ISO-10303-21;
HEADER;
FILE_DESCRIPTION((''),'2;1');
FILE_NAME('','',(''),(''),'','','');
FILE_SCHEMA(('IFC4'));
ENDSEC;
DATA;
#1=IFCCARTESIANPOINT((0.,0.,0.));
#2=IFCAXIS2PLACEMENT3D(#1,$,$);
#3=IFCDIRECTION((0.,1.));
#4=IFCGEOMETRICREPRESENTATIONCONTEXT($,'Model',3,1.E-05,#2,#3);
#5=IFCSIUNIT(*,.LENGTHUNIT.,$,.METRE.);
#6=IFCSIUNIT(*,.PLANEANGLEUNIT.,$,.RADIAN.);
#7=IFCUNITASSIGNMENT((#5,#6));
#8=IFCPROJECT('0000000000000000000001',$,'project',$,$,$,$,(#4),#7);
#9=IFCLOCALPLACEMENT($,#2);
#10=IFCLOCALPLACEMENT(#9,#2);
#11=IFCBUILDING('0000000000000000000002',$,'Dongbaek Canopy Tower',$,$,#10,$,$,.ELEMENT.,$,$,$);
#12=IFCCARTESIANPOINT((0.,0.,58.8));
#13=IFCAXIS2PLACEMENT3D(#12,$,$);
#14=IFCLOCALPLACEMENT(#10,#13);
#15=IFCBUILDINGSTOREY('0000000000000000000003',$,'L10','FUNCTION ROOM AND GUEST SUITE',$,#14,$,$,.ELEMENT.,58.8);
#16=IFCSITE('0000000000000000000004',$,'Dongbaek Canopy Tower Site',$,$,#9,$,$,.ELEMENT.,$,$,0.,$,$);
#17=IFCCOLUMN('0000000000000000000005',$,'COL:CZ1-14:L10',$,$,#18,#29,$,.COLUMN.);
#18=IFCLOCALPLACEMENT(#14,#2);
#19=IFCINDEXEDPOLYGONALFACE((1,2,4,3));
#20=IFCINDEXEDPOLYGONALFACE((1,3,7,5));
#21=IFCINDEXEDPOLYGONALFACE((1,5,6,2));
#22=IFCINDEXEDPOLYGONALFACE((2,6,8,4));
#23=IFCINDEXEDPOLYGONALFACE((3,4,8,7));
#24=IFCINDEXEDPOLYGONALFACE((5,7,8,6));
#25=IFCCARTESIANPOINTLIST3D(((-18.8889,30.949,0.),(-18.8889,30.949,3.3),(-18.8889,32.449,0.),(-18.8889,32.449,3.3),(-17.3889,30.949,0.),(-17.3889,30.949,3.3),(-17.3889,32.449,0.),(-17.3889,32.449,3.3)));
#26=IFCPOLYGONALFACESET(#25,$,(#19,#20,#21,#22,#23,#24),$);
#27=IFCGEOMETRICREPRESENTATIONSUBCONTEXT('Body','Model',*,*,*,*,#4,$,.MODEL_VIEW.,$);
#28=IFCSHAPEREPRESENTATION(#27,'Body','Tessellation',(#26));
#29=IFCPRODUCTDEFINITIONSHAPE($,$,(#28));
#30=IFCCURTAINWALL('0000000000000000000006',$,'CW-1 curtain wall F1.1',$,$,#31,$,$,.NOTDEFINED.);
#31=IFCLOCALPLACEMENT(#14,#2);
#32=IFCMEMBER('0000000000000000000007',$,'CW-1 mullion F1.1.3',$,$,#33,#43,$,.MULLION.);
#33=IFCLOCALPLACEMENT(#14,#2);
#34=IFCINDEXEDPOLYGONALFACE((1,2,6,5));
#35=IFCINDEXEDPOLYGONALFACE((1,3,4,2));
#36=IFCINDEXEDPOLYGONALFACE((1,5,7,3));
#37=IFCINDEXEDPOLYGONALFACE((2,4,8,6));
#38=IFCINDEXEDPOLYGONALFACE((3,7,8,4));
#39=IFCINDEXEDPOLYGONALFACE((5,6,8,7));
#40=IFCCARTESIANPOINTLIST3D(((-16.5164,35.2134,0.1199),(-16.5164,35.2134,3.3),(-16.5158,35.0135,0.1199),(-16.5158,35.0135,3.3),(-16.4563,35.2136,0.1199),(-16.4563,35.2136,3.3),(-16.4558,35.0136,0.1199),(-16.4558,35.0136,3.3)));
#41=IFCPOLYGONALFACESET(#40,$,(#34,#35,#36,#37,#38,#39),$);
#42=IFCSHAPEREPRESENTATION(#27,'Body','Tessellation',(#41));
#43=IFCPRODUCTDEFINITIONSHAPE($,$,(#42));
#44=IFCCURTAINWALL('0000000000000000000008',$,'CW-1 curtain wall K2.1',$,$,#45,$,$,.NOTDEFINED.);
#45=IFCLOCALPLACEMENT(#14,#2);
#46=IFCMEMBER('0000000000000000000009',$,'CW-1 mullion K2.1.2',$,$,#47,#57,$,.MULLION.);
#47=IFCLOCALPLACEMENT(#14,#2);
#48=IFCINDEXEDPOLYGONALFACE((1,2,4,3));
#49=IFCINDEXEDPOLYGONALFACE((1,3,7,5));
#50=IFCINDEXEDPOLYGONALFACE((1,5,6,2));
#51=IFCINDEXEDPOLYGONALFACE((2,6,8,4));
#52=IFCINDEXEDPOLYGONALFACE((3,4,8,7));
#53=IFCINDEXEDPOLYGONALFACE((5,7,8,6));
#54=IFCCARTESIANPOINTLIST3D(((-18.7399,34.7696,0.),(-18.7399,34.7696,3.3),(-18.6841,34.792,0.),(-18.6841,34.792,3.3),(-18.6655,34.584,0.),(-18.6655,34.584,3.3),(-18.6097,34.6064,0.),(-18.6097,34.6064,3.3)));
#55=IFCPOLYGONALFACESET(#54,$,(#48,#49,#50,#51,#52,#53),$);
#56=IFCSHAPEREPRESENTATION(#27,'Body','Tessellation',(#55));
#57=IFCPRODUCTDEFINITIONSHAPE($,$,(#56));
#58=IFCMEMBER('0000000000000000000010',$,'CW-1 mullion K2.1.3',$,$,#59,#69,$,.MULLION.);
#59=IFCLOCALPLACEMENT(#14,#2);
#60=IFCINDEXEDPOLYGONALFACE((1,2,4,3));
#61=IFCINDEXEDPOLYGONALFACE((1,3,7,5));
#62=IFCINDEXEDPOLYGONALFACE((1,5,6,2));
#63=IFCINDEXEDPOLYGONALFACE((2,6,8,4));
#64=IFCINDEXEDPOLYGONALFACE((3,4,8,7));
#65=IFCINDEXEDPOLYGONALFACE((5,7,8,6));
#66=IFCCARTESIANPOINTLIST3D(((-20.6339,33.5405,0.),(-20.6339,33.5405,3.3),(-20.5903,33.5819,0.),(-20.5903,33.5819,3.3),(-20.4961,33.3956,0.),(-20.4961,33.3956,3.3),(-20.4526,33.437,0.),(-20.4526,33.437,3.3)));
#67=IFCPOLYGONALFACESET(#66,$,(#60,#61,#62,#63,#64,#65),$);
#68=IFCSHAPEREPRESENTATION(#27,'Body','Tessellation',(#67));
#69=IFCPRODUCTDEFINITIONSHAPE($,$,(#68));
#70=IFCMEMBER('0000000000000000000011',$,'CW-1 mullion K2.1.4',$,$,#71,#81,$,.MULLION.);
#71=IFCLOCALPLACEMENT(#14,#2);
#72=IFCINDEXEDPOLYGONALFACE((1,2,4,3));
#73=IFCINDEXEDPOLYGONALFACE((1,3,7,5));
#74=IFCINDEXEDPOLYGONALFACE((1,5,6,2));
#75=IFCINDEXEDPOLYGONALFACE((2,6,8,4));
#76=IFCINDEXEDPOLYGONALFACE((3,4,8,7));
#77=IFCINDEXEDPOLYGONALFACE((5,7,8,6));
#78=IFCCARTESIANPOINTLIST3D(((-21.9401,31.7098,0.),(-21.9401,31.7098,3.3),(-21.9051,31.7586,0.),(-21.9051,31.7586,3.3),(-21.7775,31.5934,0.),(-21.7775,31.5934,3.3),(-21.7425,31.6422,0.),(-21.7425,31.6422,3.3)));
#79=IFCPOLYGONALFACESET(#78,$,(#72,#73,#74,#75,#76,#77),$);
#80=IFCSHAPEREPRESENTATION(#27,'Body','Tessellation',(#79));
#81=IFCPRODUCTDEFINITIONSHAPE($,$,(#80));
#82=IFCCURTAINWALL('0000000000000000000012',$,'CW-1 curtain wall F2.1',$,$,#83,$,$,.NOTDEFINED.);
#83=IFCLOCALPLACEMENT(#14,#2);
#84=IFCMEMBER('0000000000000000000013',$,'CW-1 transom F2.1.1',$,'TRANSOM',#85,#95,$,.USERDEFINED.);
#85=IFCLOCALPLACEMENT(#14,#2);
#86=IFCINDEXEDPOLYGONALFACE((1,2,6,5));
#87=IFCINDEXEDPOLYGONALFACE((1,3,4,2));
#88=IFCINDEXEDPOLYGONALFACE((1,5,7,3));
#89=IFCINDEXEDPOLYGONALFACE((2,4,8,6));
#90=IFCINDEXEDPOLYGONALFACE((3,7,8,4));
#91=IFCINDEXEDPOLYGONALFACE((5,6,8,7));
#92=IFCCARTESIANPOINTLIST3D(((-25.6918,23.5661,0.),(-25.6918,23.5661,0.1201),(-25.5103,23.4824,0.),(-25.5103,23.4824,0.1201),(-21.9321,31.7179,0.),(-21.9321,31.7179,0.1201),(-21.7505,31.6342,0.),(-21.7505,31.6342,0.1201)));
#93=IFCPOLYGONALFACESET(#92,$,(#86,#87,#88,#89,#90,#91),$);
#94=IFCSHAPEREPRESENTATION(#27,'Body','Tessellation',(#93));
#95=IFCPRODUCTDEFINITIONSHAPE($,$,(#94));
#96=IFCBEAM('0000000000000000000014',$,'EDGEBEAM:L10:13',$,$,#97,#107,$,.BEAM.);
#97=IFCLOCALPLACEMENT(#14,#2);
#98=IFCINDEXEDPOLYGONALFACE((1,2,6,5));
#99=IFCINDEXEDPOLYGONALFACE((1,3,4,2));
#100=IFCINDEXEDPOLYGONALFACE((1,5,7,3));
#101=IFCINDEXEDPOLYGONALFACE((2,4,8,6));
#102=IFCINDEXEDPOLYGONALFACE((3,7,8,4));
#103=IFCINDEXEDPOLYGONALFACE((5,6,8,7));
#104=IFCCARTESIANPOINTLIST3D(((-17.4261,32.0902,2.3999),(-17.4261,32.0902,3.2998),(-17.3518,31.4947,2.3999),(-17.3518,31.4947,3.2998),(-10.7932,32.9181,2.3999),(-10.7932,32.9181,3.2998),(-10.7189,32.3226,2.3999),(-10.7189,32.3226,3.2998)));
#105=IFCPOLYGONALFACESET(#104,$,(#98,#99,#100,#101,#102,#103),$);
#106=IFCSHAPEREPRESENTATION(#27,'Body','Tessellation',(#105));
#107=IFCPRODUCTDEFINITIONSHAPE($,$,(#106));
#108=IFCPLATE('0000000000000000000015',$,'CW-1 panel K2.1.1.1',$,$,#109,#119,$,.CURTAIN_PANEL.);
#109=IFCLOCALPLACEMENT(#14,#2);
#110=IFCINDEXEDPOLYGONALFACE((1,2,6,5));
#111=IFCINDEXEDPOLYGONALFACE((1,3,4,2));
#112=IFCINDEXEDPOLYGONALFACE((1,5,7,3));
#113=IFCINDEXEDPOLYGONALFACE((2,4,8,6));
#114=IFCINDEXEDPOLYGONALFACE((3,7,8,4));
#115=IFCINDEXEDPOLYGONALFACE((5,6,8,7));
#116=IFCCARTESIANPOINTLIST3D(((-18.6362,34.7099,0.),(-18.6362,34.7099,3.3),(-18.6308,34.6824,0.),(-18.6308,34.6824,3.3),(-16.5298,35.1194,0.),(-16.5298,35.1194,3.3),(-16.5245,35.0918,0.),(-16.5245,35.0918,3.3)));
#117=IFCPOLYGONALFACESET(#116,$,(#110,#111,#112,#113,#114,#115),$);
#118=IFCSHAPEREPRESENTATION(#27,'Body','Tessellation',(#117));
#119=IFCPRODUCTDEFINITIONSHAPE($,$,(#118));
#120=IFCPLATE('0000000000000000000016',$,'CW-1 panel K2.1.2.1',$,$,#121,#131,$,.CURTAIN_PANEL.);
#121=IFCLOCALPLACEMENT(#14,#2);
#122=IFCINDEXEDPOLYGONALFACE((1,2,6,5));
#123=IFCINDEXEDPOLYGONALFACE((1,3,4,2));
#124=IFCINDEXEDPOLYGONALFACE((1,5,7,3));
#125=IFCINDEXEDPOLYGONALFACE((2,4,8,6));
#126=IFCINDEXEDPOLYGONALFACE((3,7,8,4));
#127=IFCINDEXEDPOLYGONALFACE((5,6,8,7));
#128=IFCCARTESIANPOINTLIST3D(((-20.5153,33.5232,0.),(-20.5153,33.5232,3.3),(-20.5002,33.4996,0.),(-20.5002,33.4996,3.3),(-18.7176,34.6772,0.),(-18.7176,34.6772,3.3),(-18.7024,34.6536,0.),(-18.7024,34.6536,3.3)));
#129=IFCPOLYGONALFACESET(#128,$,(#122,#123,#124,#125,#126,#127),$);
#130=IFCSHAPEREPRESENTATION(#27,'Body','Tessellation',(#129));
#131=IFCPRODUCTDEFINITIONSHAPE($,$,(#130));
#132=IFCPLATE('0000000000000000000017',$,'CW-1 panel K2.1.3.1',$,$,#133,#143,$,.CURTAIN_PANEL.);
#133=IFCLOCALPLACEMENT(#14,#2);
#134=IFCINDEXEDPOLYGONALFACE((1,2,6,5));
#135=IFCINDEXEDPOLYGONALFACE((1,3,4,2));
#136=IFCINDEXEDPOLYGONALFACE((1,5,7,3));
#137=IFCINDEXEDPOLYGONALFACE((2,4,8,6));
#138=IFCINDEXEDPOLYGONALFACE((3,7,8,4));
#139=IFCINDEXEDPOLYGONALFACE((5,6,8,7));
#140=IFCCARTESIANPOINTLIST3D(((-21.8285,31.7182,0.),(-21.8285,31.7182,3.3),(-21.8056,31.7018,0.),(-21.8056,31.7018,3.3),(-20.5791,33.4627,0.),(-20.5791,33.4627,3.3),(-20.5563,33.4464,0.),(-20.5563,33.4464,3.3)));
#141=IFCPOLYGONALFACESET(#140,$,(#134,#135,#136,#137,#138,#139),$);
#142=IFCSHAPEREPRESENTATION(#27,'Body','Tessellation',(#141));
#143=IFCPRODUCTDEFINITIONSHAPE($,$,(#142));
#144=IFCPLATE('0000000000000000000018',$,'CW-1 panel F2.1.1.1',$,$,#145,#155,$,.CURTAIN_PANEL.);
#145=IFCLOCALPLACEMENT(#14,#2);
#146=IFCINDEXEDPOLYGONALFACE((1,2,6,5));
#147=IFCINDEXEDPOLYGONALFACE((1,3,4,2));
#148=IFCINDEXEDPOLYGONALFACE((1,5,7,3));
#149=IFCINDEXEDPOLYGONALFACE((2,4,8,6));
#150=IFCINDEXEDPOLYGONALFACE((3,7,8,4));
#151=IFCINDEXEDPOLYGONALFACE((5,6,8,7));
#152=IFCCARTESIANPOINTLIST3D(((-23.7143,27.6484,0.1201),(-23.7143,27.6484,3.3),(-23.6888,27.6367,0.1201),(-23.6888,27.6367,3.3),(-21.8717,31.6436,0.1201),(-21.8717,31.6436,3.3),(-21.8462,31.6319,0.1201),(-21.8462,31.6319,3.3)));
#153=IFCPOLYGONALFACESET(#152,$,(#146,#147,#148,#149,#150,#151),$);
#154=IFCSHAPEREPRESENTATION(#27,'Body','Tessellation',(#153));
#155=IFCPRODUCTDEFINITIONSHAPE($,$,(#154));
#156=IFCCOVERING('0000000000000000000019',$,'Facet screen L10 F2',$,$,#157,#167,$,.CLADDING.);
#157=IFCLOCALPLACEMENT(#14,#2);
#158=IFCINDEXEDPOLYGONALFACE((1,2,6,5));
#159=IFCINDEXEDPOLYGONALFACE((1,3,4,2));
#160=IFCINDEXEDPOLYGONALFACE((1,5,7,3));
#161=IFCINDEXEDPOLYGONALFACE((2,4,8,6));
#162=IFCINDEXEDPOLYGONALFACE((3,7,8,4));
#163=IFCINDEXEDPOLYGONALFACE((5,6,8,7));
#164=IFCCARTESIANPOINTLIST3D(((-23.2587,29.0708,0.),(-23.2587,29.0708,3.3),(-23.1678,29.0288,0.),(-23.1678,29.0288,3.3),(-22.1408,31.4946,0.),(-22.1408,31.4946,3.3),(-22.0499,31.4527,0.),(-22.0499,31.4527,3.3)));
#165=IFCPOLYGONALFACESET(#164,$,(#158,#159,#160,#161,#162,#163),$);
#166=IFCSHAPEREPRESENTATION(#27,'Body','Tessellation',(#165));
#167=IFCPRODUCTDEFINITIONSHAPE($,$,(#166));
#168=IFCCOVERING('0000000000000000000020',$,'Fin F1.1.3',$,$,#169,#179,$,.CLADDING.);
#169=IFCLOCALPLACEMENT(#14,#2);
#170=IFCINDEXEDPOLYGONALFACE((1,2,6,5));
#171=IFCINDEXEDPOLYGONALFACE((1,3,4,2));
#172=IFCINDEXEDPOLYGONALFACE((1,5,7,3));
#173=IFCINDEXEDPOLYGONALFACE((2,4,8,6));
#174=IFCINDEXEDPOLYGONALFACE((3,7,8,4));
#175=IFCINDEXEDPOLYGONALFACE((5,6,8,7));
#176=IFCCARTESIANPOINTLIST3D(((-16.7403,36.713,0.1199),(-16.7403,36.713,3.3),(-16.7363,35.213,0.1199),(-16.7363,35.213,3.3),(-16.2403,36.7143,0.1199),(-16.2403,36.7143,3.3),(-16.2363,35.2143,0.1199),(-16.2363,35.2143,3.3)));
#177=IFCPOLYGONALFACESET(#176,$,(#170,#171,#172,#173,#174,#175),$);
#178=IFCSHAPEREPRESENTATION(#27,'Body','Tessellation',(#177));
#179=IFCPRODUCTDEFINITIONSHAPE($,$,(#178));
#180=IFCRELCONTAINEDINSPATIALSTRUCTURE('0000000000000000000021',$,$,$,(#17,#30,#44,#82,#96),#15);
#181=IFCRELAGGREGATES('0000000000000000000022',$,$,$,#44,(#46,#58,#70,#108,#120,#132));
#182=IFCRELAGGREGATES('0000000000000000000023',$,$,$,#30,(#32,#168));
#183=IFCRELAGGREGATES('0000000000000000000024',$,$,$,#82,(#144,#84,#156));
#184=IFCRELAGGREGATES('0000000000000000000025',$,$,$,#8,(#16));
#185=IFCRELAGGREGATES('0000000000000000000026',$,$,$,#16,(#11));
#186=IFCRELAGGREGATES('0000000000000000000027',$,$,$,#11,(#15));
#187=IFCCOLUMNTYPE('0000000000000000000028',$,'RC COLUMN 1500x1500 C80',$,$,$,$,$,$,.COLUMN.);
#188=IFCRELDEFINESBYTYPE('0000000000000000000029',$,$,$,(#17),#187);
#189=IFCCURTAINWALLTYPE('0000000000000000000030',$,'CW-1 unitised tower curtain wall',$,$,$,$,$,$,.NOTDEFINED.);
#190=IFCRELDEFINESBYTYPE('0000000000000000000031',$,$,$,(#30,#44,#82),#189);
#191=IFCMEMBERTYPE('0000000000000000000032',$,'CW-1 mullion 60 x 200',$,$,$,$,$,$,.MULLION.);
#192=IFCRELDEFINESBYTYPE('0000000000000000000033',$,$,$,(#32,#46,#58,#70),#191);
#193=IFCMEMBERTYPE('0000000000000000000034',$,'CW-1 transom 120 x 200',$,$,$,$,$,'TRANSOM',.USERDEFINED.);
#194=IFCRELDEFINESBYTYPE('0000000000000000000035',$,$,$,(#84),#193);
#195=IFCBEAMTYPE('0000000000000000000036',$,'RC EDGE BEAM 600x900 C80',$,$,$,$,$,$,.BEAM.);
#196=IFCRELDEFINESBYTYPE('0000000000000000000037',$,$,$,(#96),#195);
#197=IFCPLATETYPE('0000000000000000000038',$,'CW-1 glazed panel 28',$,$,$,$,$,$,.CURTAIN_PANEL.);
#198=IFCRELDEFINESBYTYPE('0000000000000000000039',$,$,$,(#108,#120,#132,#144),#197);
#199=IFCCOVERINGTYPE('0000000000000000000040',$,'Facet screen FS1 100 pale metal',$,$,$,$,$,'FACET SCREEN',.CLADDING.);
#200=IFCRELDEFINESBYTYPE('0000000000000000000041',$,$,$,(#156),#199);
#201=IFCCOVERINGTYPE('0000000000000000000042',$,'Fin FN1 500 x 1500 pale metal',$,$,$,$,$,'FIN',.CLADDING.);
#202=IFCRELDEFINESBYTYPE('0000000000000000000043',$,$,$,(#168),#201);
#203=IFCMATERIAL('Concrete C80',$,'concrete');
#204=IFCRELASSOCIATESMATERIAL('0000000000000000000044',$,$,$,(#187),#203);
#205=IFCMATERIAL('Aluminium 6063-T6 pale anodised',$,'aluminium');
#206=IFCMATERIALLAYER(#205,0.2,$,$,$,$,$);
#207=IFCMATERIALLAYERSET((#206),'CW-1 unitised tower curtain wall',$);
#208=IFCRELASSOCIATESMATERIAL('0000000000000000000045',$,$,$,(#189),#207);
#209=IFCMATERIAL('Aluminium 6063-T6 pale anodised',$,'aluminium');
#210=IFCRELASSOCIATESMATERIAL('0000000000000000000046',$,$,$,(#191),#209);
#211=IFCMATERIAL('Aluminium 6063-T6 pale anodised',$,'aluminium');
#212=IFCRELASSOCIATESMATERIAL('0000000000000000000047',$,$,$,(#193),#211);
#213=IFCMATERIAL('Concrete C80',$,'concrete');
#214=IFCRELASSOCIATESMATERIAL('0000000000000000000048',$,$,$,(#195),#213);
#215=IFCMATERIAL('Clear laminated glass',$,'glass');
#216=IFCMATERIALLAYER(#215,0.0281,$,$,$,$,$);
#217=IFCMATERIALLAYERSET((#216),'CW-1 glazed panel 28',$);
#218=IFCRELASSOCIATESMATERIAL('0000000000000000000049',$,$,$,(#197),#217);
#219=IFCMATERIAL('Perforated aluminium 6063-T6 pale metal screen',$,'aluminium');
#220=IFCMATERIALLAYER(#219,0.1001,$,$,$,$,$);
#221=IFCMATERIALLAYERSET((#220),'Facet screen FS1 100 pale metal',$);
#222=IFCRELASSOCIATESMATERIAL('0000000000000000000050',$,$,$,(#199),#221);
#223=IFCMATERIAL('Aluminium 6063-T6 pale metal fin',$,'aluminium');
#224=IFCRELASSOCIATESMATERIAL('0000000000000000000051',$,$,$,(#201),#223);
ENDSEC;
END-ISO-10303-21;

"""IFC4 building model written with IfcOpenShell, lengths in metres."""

from ifc_helpers import new_model, si_unit, direction, frame, origin, origin_2d, place, context, subcontext, project, spatial, rectangle, extrude, material, layer, layer_set, material_profile, profile_set, type_object, element, aggregate, save


model = new_model("IFC4")

# Units and contexts
model_context = context("Model", 3, precision=1e-05, world=origin(), true_north=direction((0.0, 1.0)))
body_context = subcontext(model_context, "Body", "Model", "MODEL_VIEW")
ifc_project = project(units=[si_unit("LENGTHUNIT", "METRE"), si_unit("PLANEANGLEUNIT", "RADIAN")], contexts=[model_context])

# Site, building, storey
site_placement = place(None, origin())
site = spatial("IfcSite", under=ifc_project, at=site_placement, Name="Dongbaek Canopy Tower Site", CompositionType="ELEMENT", RefElevation=0.0)
building_placement = place(site_placement, origin())
building = spatial("IfcBuilding", under=site, at=building_placement, Name="Dongbaek Canopy Tower", CompositionType="ELEMENT")
storey_placement = place(building_placement, frame((0.0, 0.0, 58.8)))
storey = spatial("IfcBuildingStorey", under=building, at=storey_placement, Name="L10", Description="FUNCTION ROOM AND GUEST SUITE", CompositionType="ELEMENT", Elevation=58.8)

# Column
ifc_material_1 = material(Name="Concrete C80", Category="concrete")
ifc_material_profile_1 = material_profile(ifc_material_1, rectangle(XDim=1.5, YDim=1.5, at=origin_2d()), Name="RC COLUMN 1500x1500 C80")
ifc_profile_set_1 = profile_set([ifc_material_profile_1], Name="Concrete C80")
column_type = type_object("IfcColumnType", Name="RC COLUMN 1500x1500 C80", PredefinedType="COLUMN", material=ifc_profile_set_1)
column_placement = place(storey_placement, frame((-18.1389, 31.699, 0.0), z_axis=(0.0, 0.0, 1.0), x_axis=(1.0, 0.0, 0.0)))
element("IfcColumn", 1, at=column_placement, inside=storey, type_object=column_type, Name="COL:CZ1-14:L10", PredefinedType="COLUMN", context=body_context, shape_type="SweptSolid", body=[
    extrude(rectangle(XDim=1.5, YDim=1.5, at=origin_2d()), origin(), (0.0, 0.0, 1.0), 3.3),
])

# Curtain wall, member
ifc_material_2 = material(Name="Aluminium 6063-T6 pale anodised", Category="aluminium")
ifc_layer_1 = layer(ifc_material_2, 0.2)
ifc_layer_set_1 = layer_set([ifc_layer_1], Name="CW-1 unitised tower curtain wall")
curtain_wall_type = type_object("IfcCurtainWallType", Name="CW-1 unitised tower curtain wall", PredefinedType="NOTDEFINED", material=ifc_layer_set_1)
curtain_wall_1_placement = place(storey_placement, origin())
curtain_wall_1 = element("IfcCurtainWall", 2, at=curtain_wall_1_placement, inside=storey, type_object=curtain_wall_type, Name="CW-1 curtain wall F1.1", PredefinedType="NOTDEFINED")
ifc_material_3 = material(Name="Aluminium 6063-T6 pale anodised", Category="aluminium")
ifc_material_profile_2 = material_profile(ifc_material_3, rectangle(XDim=0.2, YDim=0.0601, at=origin_2d()), Name="CW-1 mullion 60 x 200")
ifc_profile_set_2 = profile_set([ifc_material_profile_2], Name="Aluminium 6063-T6 pale anodised")
member_type_1 = type_object("IfcMemberType", Name="CW-1 mullion 60 x 200", PredefinedType="MULLION", material=ifc_profile_set_2)
member_1_placement = place(storey_placement, frame((-16.4861, 35.1135, 0.1199), z_axis=(0.0, 0.0, 1.0), x_axis=(-0.002666, 0.999996, 0.0)))
member_1 = element("IfcMember", 3, at=member_1_placement, type_object=member_type_1, Name="CW-1 mullion F1.1.3", PredefinedType="MULLION", context=body_context, shape_type="SweptSolid", body=[
    extrude(rectangle(XDim=0.2, YDim=0.0601, at=origin_2d()), origin(), (0.0, 0.0, 1.0), 3.1802),
])

# Curtain wall, members
curtain_wall_2_placement = place(storey_placement, origin())
curtain_wall_2 = element("IfcCurtainWall", 4, at=curtain_wall_2_placement, inside=storey, type_object=curtain_wall_type, Name="CW-1 curtain wall K2.1", PredefinedType="NOTDEFINED")
member_2_placement = place(storey_placement, frame((-18.6748, 34.688, 0.0), z_axis=(0.0, 0.0, 1.0), x_axis=(-0.372156, 0.92817, 0.0)))
member_2 = element("IfcMember", 5, at=member_2_placement, type_object=member_type_1, Name="CW-1 mullion K2.1.2", PredefinedType="MULLION", context=body_context, shape_type="SweptSolid", body=[
    extrude(rectangle(XDim=0.2, YDim=0.0601, at=origin_2d()), origin(), (0.0, 0.0, 1.0), 3.3),
])
member_3_placement = place(storey_placement, frame((-20.5432, 33.4888, 0.0), z_axis=(0.0, 0.0, 1.0), x_axis=(-0.688918, 0.724839, 0.0)))
member_3 = element("IfcMember", 6, at=member_3_placement, type_object=member_type_1, Name="CW-1 mullion K2.1.3", PredefinedType="MULLION", context=body_context, shape_type="SweptSolid", body=[
    extrude(rectangle(XDim=0.2, YDim=0.0601, at=origin_2d()), origin(), (0.0, 0.0, 1.0), 3.3),
])
member_4_placement = place(storey_placement, frame((-21.8413, 31.676, 0.0), z_axis=(0.0, 0.0, 1.0), x_axis=(-0.813024, 0.58223, 0.0)))
member_4 = element("IfcMember", 7, at=member_4_placement, type_object=member_type_1, Name="CW-1 mullion K2.1.4", PredefinedType="MULLION", context=body_context, shape_type="SweptSolid", body=[
    extrude(rectangle(XDim=0.2, YDim=0.0601, at=origin_2d()), origin(), (0.0, 0.0, 1.0), 3.3),
])

# Curtain wall, member
curtain_wall_3_placement = place(storey_placement, origin())
curtain_wall_3 = element("IfcCurtainWall", 8, at=curtain_wall_3_placement, inside=storey, type_object=curtain_wall_type, Name="CW-1 curtain wall F2.1", PredefinedType="NOTDEFINED")
ifc_material_4 = material(Name="Aluminium 6063-T6 pale anodised", Category="aluminium")
ifc_material_profile_3 = material_profile(ifc_material_4, rectangle(XDim=0.2, YDim=0.1201, at=origin_2d()), Name="CW-1 transom 120 x 200")
ifc_profile_set_3 = profile_set([ifc_material_profile_3], Name="Aluminium 6063-T6 pale anodised")
member_type_2 = type_object("IfcMemberType", Name="CW-1 transom 120 x 200", ElementType="TRANSOM", PredefinedType="USERDEFINED", material=ifc_profile_set_3)
member_5_placement = place(storey_placement, frame((-21.8413, 31.676, 0.0601), z_axis=(-0.418817, -0.908071, 0.0), x_axis=(0.908071, -0.418817, 0.0)))
member_5 = element("IfcMember", 9, at=member_5_placement, type_object=member_type_2, Name="CW-1 transom F2.1.1", ObjectType="TRANSOM", PredefinedType="USERDEFINED", context=body_context, shape_type="SweptSolid", body=[
    extrude(rectangle(XDim=0.2, YDim=0.1201, at=origin_2d()), origin(), (0.0, 0.0, 1.0), 8.9771),
])

# Beam
ifc_material_5 = material(Name="Concrete C80", Category="concrete")
ifc_material_profile_4 = material_profile(ifc_material_5, rectangle(XDim=0.6001, YDim=0.8999, at=origin_2d()), Name="RC EDGE BEAM 600x900 C80")
ifc_profile_set_4 = profile_set([ifc_material_profile_4], Name="Concrete C80")
beam_type = type_object("IfcBeamType", Name="RC EDGE BEAM 600x900 C80", PredefinedType="BEAM", material=ifc_profile_set_4)
beam_placement = place(storey_placement, frame((-17.3889, 31.7925, 2.8499), z_axis=(0.9923, 0.123855, 0.0), x_axis=(-0.123855, 0.9923, 0.0)))
element("IfcBeam", 10, at=beam_placement, inside=storey, type_object=beam_type, Name="EDGEBEAM:L10:13", PredefinedType="BEAM", context=body_context, shape_type="SweptSolid", body=[
    extrude(rectangle(XDim=0.6001, YDim=0.8999, at=origin_2d()), origin(), (0.0, 0.0, 1.0), 6.6843),
])

# Plates
ifc_material_6 = material(Name="Clear laminated glass", Category="glass")
ifc_layer_2 = layer(ifc_material_6, 0.0281)
ifc_layer_set_2 = layer_set([ifc_layer_2], Name="CW-1 glazed panel 28")
plate_type = type_object("IfcPlateType", Name="CW-1 glazed panel 28", PredefinedType="CURTAIN_PANEL", material=ifc_layer_set_2)
plate_1_placement = place(storey_placement, frame((-17.5803, 34.9009, 0.0), z_axis=(0.0, 0.0, 1.0), x_axis=(-0.981625, -0.190821, 0.0)))
plate_1 = element("IfcPlate", 11, at=plate_1_placement, type_object=plate_type, Name="CW-1 panel K2.1.1.1", PredefinedType="CURTAIN_PANEL", context=body_context, shape_type="SweptSolid", body=[
    extrude(rectangle(XDim=2.1458, YDim=0.0281, at=origin_2d()), origin(), (0.0, 0.0, 1.0), 3.3),
])
plate_2_placement = place(storey_placement, frame((-19.6089, 34.0884, 0.0), z_axis=(0.0, 0.0, 1.0), x_axis=(-0.841543, -0.54019, 0.0)))
plate_2 = element("IfcPlate", 12, at=plate_2_placement, type_object=plate_type, Name="CW-1 panel K2.1.2.1", PredefinedType="CURTAIN_PANEL", context=body_context, shape_type="SweptSolid", body=[
    extrude(rectangle(XDim=2.1362, YDim=0.0281, at=origin_2d()), origin(), (0.0, 0.0, 1.0), 3.3),
])
plate_3_placement = place(storey_placement, frame((-21.1924, 32.5823, 0.0), z_axis=(0.0, 0.0, 1.0), x_axis=(-0.58223, -0.813024, 0.0)))
plate_3 = element("IfcPlate", 13, at=plate_3_placement, type_object=plate_type, Name="CW-1 panel K2.1.3.1", PredefinedType="CURTAIN_PANEL", context=body_context, shape_type="SweptSolid", body=[
    extrude(rectangle(XDim=2.1458, YDim=0.0281, at=origin_2d()), origin(), (0.0, 0.0, 1.0), 3.3),
])
aggregate(curtain_wall_2, [member_2, member_3, member_4, plate_1, plate_2, plate_3])
plate_4_placement = place(storey_placement, frame((-22.7803, 29.6401, 0.1201), z_axis=(0.0, 0.0, 1.0), x_axis=(-0.418811, -0.908073, 0.0)))
plate_4 = element("IfcPlate", 14, at=plate_4_placement, type_object=plate_type, Name="CW-1 panel F2.1.1.1", PredefinedType="CURTAIN_PANEL", context=body_context, shape_type="SweptSolid", body=[
    extrude(rectangle(XDim=4.3997, YDim=0.0281, at=origin_2d()), origin(), (0.0, 0.0, 1.0), 3.1799),
])

# Coverings
ifc_material_7 = material(Name="Perforated aluminium 6063-T6 pale metal screen", Category="aluminium")
ifc_layer_3 = layer(ifc_material_7, 0.1001)
ifc_layer_set_3 = layer_set([ifc_layer_3], Name="Facet screen FS1 100 pale metal")
covering_type_1 = type_object("IfcCoveringType", Name="Facet screen FS1 100 pale metal", ElementType="FACET SCREEN", PredefinedType="CLADDING", material=ifc_layer_set_3)
covering_1_placement = place(storey_placement, frame((-22.6543, 30.2617, 0.0), z_axis=(0.0, 0.0, 1.0), x_axis=(-0.418812, -0.908073, 0.0)))
covering_1 = element("IfcCovering", 15, at=covering_1_placement, type_object=covering_type_1, Name="Facet screen L10 F2", PredefinedType="CLADDING", context=body_context, shape_type="SweptSolid", body=[
    extrude(rectangle(XDim=2.6692, YDim=0.1001, at=origin_2d()), origin(), (0.0, 0.0, 1.0), 3.3),
])
ifc_material_8 = material(Name="Aluminium 6063-T6 pale metal fin", Category="aluminium")
ifc_material_profile_5 = material_profile(ifc_material_8, rectangle(XDim=1.5, YDim=0.5, at=origin_2d()), Name="Fin FN1 500 x 1500 pale metal")
ifc_profile_set_5 = profile_set([ifc_material_profile_5], Name="Aluminium 6063-T6 pale metal fin")
covering_type_2 = type_object("IfcCoveringType", Name="Fin FN1 500 x 1500 pale metal", ElementType="FIN", PredefinedType="CLADDING", material=ifc_profile_set_5)
covering_2_placement = place(storey_placement, frame((-16.4883, 35.9636, 0.1199), z_axis=(0.0, 0.0, 1.0), x_axis=(-0.002666, 0.999996, 0.0)))
covering_2 = element("IfcCovering", 16, at=covering_2_placement, type_object=covering_type_2, Name="Fin F1.1.3", PredefinedType="CLADDING", context=body_context, shape_type="SweptSolid", body=[
    extrude(rectangle(XDim=1.5, YDim=0.5, at=origin_2d()), origin(), (0.0, 0.0, 1.0), 3.1802),
])
aggregate(curtain_wall_1, [member_1, covering_2])
aggregate(curtain_wall_3, [plate_4, member_5, covering_1])

save(model, "model.ifc")
